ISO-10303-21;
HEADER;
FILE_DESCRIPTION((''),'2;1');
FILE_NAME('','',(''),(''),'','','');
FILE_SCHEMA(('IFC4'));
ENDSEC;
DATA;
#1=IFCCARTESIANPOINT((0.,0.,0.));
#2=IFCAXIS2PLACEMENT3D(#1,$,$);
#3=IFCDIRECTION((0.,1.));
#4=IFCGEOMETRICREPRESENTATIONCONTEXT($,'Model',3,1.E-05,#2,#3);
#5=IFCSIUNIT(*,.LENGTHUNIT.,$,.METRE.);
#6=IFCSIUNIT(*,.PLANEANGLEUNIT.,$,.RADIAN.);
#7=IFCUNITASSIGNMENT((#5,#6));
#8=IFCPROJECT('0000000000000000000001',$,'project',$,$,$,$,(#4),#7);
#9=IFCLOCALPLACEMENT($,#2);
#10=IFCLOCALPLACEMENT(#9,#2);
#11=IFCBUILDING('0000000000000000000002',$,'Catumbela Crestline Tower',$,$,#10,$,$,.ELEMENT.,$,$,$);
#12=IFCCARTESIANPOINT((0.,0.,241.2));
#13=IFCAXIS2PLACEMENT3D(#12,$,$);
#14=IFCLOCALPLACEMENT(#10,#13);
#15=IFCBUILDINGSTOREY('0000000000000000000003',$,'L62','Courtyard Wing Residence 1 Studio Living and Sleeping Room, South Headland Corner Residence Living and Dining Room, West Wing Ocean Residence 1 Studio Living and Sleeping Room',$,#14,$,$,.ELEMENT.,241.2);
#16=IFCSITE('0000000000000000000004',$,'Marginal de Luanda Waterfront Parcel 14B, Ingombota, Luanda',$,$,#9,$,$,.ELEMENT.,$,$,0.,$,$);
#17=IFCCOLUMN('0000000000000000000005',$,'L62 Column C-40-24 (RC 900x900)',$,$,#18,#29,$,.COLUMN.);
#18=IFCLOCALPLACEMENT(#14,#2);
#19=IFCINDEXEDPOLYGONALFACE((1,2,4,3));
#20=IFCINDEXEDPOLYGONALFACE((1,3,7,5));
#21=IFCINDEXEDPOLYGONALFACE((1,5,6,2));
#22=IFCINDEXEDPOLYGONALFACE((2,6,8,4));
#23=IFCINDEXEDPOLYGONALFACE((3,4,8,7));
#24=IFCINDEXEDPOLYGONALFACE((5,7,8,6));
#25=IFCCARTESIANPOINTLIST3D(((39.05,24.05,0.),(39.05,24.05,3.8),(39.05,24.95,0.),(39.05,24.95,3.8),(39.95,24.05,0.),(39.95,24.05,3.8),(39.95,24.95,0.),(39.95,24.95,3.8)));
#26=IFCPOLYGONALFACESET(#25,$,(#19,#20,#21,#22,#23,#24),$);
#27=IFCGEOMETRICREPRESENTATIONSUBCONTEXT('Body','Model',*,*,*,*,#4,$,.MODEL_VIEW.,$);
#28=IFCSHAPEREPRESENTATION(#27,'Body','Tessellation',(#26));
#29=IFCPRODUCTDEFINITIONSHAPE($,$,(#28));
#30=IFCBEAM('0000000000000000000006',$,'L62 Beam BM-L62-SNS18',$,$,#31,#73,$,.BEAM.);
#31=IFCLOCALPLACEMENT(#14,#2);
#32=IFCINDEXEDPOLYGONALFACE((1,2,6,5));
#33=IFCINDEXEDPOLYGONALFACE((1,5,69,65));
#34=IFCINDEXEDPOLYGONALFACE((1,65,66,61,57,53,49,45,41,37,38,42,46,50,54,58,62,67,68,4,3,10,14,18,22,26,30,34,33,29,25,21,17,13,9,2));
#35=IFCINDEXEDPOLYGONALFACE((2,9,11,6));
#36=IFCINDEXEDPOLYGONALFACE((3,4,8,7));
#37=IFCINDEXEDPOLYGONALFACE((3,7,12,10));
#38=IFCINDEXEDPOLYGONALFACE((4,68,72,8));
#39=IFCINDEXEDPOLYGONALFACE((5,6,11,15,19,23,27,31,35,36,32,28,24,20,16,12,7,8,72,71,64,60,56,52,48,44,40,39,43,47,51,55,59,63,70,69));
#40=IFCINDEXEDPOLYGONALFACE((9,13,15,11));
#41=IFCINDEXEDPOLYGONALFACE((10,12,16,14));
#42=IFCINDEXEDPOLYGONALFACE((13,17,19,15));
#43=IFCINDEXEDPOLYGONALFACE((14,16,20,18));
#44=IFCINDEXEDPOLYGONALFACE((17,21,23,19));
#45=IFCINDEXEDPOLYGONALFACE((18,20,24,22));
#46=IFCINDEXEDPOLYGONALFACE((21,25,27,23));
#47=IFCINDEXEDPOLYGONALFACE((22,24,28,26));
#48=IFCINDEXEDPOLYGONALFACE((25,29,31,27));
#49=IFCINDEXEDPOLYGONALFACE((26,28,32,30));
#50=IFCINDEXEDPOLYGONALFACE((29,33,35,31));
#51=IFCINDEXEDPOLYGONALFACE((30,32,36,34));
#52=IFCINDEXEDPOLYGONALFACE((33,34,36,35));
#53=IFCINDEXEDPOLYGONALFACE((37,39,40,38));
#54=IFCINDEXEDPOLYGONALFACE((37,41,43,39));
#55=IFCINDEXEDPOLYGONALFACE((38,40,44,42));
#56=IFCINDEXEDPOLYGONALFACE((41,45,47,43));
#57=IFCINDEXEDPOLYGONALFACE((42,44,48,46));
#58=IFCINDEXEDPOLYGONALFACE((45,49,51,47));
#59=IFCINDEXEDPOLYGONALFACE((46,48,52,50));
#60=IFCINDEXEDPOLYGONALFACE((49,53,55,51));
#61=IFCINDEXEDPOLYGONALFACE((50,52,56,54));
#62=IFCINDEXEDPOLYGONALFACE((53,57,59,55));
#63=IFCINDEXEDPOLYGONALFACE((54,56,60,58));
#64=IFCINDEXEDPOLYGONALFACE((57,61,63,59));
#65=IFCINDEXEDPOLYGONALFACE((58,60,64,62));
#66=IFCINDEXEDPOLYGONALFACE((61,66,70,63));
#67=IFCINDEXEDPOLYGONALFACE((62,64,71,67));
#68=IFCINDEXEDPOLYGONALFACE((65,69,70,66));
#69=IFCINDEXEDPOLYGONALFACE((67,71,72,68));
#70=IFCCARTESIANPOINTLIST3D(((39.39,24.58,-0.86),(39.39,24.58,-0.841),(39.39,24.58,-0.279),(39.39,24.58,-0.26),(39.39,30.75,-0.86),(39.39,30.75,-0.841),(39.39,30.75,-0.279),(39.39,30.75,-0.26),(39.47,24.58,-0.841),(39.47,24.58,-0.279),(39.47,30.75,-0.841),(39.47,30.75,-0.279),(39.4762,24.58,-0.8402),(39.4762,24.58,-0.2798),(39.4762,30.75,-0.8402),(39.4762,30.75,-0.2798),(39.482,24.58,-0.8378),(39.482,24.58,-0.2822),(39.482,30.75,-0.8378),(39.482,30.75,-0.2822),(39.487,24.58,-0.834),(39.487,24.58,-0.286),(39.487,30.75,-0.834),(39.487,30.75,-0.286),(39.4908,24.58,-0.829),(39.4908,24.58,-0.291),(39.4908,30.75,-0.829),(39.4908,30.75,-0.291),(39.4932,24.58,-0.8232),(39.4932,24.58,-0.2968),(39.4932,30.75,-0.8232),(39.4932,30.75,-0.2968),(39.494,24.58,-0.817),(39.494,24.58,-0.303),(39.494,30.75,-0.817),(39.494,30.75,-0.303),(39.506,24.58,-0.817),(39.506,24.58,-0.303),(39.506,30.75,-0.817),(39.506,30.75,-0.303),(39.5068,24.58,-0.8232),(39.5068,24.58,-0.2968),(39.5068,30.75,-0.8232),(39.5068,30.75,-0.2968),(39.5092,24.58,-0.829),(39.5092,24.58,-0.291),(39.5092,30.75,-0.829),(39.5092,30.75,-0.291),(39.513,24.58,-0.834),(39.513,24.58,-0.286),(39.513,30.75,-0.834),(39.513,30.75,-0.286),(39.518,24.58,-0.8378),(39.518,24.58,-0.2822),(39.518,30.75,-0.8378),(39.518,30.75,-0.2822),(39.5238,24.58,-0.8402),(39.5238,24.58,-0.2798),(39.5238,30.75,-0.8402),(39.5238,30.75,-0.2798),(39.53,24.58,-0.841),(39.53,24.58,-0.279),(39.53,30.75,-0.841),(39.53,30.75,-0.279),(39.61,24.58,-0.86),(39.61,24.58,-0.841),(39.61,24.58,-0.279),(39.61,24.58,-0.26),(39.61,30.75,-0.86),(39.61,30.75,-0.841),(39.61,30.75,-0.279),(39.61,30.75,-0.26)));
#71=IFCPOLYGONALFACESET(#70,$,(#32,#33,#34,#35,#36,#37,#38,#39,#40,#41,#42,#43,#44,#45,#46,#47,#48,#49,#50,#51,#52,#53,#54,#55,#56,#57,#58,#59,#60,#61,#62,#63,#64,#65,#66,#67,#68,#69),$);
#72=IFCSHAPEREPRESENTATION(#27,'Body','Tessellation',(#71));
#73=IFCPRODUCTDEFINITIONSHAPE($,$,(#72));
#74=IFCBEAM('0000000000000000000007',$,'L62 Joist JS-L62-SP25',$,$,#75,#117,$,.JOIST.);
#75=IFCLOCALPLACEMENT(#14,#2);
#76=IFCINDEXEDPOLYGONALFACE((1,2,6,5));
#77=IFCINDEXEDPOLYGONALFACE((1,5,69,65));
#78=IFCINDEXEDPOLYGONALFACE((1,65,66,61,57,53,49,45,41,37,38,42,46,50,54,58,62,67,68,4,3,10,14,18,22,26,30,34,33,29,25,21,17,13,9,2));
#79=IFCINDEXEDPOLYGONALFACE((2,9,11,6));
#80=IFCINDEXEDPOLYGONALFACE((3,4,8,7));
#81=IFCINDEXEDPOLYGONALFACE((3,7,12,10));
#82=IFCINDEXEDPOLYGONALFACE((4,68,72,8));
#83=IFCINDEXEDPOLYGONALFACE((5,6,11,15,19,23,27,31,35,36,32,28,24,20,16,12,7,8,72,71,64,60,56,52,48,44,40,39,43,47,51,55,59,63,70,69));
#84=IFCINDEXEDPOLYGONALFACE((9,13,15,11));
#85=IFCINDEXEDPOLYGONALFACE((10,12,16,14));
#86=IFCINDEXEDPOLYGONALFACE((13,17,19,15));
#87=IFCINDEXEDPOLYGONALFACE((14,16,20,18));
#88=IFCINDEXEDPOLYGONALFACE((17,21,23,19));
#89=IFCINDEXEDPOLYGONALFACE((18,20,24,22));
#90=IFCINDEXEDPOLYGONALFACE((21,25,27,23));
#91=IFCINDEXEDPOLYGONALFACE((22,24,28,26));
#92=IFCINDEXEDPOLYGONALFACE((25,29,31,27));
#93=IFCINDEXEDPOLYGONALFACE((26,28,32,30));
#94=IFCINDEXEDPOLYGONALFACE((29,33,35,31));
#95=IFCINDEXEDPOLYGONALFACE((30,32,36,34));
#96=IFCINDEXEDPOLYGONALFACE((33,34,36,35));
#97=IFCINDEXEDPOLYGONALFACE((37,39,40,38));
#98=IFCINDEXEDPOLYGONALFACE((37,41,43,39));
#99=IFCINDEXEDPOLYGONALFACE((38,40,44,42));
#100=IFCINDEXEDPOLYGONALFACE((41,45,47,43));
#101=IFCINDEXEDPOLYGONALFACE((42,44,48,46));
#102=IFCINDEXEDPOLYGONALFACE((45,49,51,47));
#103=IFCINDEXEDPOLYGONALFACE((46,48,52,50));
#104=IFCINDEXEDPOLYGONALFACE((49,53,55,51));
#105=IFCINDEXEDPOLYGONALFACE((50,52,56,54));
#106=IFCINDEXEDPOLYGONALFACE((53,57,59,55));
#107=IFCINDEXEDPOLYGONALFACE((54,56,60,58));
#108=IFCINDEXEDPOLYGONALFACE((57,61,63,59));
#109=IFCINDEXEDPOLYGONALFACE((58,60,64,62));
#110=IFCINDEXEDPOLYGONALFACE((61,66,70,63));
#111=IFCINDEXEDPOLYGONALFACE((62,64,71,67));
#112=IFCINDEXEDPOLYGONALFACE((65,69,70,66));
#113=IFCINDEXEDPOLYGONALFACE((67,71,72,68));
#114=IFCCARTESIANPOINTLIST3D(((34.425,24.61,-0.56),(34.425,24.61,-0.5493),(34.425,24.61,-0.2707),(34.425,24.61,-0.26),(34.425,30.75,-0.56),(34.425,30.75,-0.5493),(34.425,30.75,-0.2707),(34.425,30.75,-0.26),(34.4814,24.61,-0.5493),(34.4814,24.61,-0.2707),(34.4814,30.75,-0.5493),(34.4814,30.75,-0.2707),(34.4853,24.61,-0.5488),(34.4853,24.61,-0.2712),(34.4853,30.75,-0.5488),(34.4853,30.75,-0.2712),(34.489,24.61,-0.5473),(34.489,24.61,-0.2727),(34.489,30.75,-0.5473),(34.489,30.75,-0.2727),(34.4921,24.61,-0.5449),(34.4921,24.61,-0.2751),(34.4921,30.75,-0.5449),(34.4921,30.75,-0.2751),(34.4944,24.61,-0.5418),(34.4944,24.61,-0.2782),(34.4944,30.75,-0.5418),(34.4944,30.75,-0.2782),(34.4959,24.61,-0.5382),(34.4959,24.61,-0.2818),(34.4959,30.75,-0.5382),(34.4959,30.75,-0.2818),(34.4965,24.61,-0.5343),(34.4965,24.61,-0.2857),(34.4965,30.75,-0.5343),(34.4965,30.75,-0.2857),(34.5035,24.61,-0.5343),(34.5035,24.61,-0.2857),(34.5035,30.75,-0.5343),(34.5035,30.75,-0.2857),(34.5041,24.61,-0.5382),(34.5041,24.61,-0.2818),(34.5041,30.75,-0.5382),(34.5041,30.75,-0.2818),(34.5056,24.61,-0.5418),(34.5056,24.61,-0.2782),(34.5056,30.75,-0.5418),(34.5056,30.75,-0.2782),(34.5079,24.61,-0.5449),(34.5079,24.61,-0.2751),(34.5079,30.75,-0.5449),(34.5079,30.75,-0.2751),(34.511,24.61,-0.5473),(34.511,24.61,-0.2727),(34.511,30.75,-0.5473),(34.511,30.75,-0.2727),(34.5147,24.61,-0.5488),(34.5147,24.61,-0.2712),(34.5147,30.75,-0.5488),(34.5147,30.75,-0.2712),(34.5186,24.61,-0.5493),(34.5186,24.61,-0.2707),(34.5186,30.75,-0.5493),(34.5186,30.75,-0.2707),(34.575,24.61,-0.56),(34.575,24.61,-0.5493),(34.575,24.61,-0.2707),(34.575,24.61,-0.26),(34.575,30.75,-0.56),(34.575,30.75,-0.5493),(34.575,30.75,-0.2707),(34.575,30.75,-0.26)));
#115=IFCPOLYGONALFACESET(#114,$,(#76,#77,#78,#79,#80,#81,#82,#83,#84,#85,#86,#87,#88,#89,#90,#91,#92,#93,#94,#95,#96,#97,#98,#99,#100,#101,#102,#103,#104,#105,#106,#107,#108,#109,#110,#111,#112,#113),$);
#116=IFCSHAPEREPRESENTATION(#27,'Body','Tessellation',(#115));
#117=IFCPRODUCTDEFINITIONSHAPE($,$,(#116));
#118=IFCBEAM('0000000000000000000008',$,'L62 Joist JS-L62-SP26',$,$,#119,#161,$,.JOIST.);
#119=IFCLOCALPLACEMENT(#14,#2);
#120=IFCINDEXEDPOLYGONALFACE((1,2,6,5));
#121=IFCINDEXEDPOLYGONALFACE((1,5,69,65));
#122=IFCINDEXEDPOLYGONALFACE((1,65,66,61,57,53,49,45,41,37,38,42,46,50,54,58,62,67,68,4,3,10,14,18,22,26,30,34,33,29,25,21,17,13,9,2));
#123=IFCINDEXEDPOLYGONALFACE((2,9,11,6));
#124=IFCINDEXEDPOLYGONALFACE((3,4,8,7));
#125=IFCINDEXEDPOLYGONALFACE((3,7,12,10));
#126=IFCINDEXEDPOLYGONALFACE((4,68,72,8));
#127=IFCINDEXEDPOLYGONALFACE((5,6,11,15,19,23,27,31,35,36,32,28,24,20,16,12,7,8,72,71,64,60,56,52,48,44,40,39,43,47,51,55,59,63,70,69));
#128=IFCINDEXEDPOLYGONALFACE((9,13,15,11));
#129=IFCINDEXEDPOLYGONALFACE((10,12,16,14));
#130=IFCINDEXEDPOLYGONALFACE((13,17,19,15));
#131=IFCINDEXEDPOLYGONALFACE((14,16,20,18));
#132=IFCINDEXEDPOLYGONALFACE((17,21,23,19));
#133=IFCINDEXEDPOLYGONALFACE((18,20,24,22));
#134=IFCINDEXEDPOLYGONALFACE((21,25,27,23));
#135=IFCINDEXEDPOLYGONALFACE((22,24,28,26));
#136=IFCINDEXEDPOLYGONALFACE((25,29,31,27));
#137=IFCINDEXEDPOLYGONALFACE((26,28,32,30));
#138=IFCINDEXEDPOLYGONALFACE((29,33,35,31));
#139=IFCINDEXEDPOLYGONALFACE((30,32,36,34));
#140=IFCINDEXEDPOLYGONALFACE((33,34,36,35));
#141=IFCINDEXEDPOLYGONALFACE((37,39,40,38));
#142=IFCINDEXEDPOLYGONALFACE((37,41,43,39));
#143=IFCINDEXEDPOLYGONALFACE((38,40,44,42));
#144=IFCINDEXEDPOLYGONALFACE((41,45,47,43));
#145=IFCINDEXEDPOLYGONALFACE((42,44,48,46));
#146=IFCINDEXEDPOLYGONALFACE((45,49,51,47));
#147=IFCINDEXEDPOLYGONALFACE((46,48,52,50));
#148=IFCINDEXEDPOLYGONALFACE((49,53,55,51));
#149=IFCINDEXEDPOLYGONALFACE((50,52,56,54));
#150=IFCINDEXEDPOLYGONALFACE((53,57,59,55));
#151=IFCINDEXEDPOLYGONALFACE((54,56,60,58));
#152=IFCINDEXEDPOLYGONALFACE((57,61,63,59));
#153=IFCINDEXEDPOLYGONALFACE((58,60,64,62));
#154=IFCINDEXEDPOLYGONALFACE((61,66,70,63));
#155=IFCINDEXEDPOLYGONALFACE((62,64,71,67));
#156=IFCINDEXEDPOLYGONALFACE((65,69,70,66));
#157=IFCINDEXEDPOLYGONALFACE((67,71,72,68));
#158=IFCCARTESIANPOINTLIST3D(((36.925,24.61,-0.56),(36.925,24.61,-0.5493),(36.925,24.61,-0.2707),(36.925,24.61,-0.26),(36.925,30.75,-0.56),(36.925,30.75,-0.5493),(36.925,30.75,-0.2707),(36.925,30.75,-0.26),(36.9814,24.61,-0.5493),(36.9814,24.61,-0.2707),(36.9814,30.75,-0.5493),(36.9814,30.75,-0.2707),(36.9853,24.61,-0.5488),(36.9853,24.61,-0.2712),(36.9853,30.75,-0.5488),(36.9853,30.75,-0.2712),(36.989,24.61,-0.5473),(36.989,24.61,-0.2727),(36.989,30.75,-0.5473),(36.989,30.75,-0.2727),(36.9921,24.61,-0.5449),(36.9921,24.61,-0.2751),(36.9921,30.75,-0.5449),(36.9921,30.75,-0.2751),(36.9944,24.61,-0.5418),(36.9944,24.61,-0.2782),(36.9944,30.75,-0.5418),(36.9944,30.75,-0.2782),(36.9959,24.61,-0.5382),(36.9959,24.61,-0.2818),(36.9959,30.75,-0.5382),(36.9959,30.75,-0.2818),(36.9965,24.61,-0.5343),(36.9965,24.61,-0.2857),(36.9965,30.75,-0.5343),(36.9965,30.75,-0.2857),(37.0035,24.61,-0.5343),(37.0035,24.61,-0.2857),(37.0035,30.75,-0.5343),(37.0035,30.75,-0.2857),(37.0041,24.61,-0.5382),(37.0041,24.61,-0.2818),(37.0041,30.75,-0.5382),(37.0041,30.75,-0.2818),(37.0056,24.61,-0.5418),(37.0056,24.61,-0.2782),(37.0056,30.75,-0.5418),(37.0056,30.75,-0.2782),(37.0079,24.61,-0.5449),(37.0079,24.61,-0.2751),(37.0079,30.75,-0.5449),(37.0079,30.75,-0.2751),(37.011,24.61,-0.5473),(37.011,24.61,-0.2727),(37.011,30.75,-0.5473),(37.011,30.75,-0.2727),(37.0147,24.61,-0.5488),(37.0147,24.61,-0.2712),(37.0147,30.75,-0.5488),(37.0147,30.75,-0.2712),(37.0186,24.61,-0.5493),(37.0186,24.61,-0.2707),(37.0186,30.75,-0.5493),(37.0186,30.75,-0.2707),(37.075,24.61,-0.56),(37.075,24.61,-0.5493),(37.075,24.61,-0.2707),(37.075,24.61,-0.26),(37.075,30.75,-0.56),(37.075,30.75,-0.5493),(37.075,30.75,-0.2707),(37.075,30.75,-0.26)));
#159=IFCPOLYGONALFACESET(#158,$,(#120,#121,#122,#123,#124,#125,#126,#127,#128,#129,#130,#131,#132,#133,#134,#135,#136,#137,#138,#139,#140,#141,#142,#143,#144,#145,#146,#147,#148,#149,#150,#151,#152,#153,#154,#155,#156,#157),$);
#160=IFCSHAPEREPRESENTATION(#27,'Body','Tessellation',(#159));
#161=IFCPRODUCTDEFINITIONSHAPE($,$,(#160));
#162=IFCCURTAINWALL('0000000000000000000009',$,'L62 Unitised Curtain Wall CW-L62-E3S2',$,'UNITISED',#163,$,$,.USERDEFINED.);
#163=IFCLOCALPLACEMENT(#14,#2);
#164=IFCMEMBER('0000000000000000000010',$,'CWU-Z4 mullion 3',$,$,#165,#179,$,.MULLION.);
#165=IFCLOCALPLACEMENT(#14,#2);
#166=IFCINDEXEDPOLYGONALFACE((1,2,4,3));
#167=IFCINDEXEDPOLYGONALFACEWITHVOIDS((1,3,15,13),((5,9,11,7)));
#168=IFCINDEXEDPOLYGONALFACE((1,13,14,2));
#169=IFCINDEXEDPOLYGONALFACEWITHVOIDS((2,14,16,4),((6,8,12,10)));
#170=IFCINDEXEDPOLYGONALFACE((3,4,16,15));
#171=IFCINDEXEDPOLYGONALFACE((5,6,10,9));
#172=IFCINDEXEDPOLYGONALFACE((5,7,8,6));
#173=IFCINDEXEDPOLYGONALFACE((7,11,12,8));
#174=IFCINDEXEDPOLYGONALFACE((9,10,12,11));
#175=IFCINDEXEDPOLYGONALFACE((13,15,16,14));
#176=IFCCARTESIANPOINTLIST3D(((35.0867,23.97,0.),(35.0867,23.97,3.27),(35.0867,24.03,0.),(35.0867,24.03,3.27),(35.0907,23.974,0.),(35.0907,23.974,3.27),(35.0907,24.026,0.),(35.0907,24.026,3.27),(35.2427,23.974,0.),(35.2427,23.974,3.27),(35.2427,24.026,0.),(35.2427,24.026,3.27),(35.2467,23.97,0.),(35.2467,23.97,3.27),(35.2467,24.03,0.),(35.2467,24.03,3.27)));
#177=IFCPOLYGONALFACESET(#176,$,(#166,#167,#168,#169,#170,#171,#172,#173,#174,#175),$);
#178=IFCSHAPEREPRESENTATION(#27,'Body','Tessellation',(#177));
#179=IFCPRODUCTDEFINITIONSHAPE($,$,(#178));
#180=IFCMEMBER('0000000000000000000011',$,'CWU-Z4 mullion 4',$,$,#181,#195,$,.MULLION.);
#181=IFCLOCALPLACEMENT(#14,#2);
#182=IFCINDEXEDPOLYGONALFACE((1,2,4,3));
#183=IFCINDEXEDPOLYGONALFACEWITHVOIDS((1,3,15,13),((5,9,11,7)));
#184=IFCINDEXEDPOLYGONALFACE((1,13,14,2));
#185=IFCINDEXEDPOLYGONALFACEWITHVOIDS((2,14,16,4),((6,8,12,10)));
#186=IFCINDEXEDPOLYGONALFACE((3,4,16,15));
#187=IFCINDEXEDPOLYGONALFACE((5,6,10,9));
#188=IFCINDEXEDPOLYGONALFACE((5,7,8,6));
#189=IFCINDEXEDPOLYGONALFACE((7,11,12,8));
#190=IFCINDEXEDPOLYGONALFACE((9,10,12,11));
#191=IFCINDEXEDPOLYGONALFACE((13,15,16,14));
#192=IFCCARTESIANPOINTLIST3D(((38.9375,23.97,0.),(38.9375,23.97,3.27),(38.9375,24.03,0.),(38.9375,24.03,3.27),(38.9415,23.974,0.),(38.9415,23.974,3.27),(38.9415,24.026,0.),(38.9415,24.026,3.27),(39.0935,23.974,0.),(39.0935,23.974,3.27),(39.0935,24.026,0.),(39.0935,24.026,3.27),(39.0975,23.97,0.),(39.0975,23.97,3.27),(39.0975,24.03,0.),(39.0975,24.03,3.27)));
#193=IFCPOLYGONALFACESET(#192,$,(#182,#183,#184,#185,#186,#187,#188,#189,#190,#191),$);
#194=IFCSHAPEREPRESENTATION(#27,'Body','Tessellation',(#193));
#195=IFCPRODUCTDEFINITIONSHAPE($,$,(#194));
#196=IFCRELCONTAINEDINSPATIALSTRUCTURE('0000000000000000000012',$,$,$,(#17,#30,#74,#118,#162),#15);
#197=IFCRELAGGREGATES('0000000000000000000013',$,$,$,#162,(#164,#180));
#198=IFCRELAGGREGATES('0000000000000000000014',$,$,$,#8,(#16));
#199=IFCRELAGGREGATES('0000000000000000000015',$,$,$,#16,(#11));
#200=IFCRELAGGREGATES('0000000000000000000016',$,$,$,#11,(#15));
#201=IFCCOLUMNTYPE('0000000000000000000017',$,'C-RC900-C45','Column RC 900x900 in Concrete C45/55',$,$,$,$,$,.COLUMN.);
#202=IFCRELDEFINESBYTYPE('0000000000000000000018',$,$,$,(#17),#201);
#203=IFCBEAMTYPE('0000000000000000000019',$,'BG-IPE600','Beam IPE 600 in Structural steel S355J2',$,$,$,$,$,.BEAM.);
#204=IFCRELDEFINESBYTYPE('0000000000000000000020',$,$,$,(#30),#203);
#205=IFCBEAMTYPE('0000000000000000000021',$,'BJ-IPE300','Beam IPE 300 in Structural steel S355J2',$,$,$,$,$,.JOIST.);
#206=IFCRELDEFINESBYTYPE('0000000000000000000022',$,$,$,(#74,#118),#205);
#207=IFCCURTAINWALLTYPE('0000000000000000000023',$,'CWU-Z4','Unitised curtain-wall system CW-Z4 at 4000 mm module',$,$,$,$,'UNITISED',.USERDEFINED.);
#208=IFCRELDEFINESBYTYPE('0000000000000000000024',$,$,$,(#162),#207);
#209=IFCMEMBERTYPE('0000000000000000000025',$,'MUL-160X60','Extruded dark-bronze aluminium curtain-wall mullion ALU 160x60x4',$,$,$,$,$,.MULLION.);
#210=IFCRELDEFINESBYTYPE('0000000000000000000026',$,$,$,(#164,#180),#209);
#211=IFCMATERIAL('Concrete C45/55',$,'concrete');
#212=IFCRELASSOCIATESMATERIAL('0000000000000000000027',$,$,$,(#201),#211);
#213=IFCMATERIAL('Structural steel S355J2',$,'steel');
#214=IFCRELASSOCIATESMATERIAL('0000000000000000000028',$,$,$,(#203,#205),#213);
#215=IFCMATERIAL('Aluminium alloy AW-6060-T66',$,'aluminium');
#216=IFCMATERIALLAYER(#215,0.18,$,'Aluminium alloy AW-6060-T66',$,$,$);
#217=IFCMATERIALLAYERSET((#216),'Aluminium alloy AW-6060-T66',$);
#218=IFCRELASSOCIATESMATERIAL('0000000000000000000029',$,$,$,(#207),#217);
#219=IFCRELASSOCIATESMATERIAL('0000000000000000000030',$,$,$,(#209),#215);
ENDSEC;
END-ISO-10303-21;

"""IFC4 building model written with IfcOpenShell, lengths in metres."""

from ifc_helpers import new_model, si_unit, direction, frame, origin, origin_2d, place, context, subcontext, project, spatial, rectangle, hollow_rectangle, i_section, extrude, material, layer, layer_set, material_profile, profile_set, type_object, element, aggregate, save


model = new_model("IFC4")

# Units and contexts
model_context = context("Model", 3, precision=1e-05, world=origin(), true_north=direction((0.0, 1.0)))
body_context = subcontext(model_context, "Body", "Model", "MODEL_VIEW")
ifc_project = project(units=[si_unit("LENGTHUNIT", "METRE"), si_unit("PLANEANGLEUNIT", "RADIAN")], contexts=[model_context])

# Site, building, storey
site_placement = place(None, origin())
site = spatial("IfcSite", under=ifc_project, at=site_placement, Name="Marginal de Luanda Waterfront Parcel 14B, Ingombota, Luanda", CompositionType="ELEMENT", RefElevation=0.0)
building_placement = place(site_placement, origin())
building = spatial("IfcBuilding", under=site, at=building_placement, Name="Catumbela Crestline Tower", CompositionType="ELEMENT")
storey_placement = place(building_placement, frame((0.0, 0.0, 241.2)))
storey = spatial("IfcBuildingStorey", under=building, at=storey_placement, Name="L62", Description="Courtyard Wing Residence 1 Studio Living and Sleeping Room, South Headland Corner Residence Living and Dining Room, West Wing Ocean Residence 1 Studio Living and Sleeping Room", CompositionType="ELEMENT", Elevation=241.2)

# Column
ifc_material_1 = material(Name="Concrete C45/55", Category="concrete")
ifc_material_profile_1 = material_profile(ifc_material_1, rectangle(XDim=0.9, YDim=0.9, at=origin_2d()), Name="RC 900x900")
ifc_profile_set_1 = profile_set([ifc_material_profile_1], Name="Concrete C45/55")
column_type = type_object("IfcColumnType", Name="C-RC900-C45", Description="Column RC 900x900 in Concrete C45/55", PredefinedType="COLUMN", material=ifc_profile_set_1)
column_placement = place(storey_placement, frame((39.5, 24.5, 0.0), z_axis=(0.0, 0.0, 1.0), x_axis=(1.0, 0.0, 0.0)))
element("IfcColumn", 1, at=column_placement, inside=storey, type_object=column_type, Name="L62 Column C-40-24 (RC 900x900)", PredefinedType="COLUMN", context=body_context, shape_type="SweptSolid", body=[
    extrude(rectangle(XDim=0.9, YDim=0.9, at=origin_2d()), origin(), (0.0, 0.0, 1.0), 3.8),
])

# Beams
ifc_material_2 = material(Name="Structural steel S355J2", Category="steel")
ifc_material_profile_2 = material_profile(ifc_material_2, i_section(OverallWidth=0.22, OverallDepth=0.6, WebThickness=0.012, FlangeThickness=0.019, FilletRadius=0.024, at=origin_2d()), Name="IPE 600")
ifc_profile_set_2 = profile_set([ifc_material_profile_2], Name="Structural steel S355J2")
beam_type_1 = type_object("IfcBeamType", Name="BG-IPE600", Description="Beam IPE 600 in Structural steel S355J2", PredefinedType="BEAM", material=ifc_profile_set_2)
beam_placement = place(storey_placement, frame((39.5, 24.58, -0.56), z_axis=(0.0, 1.0, 0.0), x_axis=(-1.0, 0.0, 0.0)))
element("IfcBeam", 2, at=beam_placement, inside=storey, type_object=beam_type_1, Name="L62 Beam BM-L62-SNS18", PredefinedType="BEAM", context=body_context, shape_type="SweptSolid", body=[
    extrude(i_section(OverallWidth=0.22, OverallDepth=0.6, WebThickness=0.012, FlangeThickness=0.019, FilletRadius=0.024, at=origin_2d()), origin(), (0.0, 0.0, 1.0), 6.17),
])
ifc_material_profile_3 = material_profile(ifc_material_2, i_section(OverallWidth=0.15, OverallDepth=0.3, WebThickness=0.0071, FlangeThickness=0.0107, FilletRadius=0.015, at=origin_2d()), Name="IPE 300")
ifc_profile_set_3 = profile_set([ifc_material_profile_3], Name="Structural steel S355J2")
beam_type_2 = type_object("IfcBeamType", Name="BJ-IPE300", Description="Beam IPE 300 in Structural steel S355J2", PredefinedType="JOIST", material=ifc_profile_set_3)
for number, where, z_axis, x_axis, name in (
    (3, (34.5, 24.61, -0.41), (0.0, 1.0, 0.0), (-1.0, 0.0, 0.0), "L62 Joist JS-L62-SP25"),
    (4, (37.0, 24.61, -0.41), (0.0, 1.0, 0.0), (-1.0, 0.0, 0.0), "L62 Joist JS-L62-SP26"),
):
    element("IfcBeam", number, at=place(storey_placement, frame(where, z_axis=z_axis, x_axis=x_axis)), inside=storey, type_object=beam_type_2, Name=name, PredefinedType="JOIST", context=body_context, shape_type="SweptSolid", body=[
        extrude(i_section(OverallWidth=0.15, OverallDepth=0.3, WebThickness=0.0071, FlangeThickness=0.0107, FilletRadius=0.015, at=origin_2d()), origin(), (0.0, 0.0, 1.0), 6.14),
    ])

# Curtain wall, members
ifc_material_3 = material(Name="Aluminium alloy AW-6060-T66", Category="aluminium")
ifc_layer_1 = layer(ifc_material_3, 0.18, Name="Aluminium alloy AW-6060-T66")
ifc_layer_set_1 = layer_set([ifc_layer_1], Name="Aluminium alloy AW-6060-T66")
curtain_wall_type = type_object("IfcCurtainWallType", Name="CWU-Z4", Description="Unitised curtain-wall system CW-Z4 at 4000 mm module", ElementType="UNITISED", PredefinedType="USERDEFINED", material=ifc_layer_set_1)
curtain_wall_placement = place(storey_placement, origin())
curtain_wall = element("IfcCurtainWall", 5, at=curtain_wall_placement, inside=storey, type_object=curtain_wall_type, Name="L62 Unitised Curtain Wall CW-L62-E3S2", ObjectType="UNITISED", PredefinedType="USERDEFINED")
ifc_material_profile_4 = material_profile(ifc_material_3, hollow_rectangle(XDim=0.06, YDim=0.16, WallThickness=0.004, at=origin_2d()), Name="ALU 160x60x4")
ifc_profile_set_4 = profile_set([ifc_material_profile_4], Name="Aluminium alloy AW-6060-T66")
member_type_1 = type_object("IfcMemberType", Name="MUL-160X60", Description="Extruded dark-bronze aluminium curtain-wall mullion ALU 160x60x4", PredefinedType="MULLION", material=ifc_profile_set_4)
member_1_placement = place(storey_placement, frame((35.1667, 24.0, 0.0), z_axis=(0.0, 0.0, 1.0), x_axis=(0.0, 1.0, 0.0)))
member_1 = element("IfcMember", 6, at=member_1_placement, type_object=member_type_1, Name="CWU-Z4 mullion 3", PredefinedType="MULLION", context=body_context, shape_type="SweptSolid", body=[
    extrude(hollow_rectangle(XDim=0.06, YDim=0.16, WallThickness=0.004, at=origin_2d()), origin(), (0.0, 0.0, 1.0), 3.27),
])
member_2_placement = place(storey_placement, frame((39.0175, 24.0, 0.0), z_axis=(0.0, 0.0, 1.0), x_axis=(0.0, 1.0, 0.0)))
member_2 = element("IfcMember", 7, at=member_2_placement, type_object=member_type_1, Name="CWU-Z4 mullion 4", PredefinedType="MULLION", context=body_context, shape_type="SweptSolid", body=[
    extrude(hollow_rectangle(XDim=0.06, YDim=0.16, WallThickness=0.004, at=origin_2d()), origin(), (0.0, 0.0, 1.0), 3.27),
])
aggregate(curtain_wall, [member_1, member_2])

save(model, "model.ifc")
